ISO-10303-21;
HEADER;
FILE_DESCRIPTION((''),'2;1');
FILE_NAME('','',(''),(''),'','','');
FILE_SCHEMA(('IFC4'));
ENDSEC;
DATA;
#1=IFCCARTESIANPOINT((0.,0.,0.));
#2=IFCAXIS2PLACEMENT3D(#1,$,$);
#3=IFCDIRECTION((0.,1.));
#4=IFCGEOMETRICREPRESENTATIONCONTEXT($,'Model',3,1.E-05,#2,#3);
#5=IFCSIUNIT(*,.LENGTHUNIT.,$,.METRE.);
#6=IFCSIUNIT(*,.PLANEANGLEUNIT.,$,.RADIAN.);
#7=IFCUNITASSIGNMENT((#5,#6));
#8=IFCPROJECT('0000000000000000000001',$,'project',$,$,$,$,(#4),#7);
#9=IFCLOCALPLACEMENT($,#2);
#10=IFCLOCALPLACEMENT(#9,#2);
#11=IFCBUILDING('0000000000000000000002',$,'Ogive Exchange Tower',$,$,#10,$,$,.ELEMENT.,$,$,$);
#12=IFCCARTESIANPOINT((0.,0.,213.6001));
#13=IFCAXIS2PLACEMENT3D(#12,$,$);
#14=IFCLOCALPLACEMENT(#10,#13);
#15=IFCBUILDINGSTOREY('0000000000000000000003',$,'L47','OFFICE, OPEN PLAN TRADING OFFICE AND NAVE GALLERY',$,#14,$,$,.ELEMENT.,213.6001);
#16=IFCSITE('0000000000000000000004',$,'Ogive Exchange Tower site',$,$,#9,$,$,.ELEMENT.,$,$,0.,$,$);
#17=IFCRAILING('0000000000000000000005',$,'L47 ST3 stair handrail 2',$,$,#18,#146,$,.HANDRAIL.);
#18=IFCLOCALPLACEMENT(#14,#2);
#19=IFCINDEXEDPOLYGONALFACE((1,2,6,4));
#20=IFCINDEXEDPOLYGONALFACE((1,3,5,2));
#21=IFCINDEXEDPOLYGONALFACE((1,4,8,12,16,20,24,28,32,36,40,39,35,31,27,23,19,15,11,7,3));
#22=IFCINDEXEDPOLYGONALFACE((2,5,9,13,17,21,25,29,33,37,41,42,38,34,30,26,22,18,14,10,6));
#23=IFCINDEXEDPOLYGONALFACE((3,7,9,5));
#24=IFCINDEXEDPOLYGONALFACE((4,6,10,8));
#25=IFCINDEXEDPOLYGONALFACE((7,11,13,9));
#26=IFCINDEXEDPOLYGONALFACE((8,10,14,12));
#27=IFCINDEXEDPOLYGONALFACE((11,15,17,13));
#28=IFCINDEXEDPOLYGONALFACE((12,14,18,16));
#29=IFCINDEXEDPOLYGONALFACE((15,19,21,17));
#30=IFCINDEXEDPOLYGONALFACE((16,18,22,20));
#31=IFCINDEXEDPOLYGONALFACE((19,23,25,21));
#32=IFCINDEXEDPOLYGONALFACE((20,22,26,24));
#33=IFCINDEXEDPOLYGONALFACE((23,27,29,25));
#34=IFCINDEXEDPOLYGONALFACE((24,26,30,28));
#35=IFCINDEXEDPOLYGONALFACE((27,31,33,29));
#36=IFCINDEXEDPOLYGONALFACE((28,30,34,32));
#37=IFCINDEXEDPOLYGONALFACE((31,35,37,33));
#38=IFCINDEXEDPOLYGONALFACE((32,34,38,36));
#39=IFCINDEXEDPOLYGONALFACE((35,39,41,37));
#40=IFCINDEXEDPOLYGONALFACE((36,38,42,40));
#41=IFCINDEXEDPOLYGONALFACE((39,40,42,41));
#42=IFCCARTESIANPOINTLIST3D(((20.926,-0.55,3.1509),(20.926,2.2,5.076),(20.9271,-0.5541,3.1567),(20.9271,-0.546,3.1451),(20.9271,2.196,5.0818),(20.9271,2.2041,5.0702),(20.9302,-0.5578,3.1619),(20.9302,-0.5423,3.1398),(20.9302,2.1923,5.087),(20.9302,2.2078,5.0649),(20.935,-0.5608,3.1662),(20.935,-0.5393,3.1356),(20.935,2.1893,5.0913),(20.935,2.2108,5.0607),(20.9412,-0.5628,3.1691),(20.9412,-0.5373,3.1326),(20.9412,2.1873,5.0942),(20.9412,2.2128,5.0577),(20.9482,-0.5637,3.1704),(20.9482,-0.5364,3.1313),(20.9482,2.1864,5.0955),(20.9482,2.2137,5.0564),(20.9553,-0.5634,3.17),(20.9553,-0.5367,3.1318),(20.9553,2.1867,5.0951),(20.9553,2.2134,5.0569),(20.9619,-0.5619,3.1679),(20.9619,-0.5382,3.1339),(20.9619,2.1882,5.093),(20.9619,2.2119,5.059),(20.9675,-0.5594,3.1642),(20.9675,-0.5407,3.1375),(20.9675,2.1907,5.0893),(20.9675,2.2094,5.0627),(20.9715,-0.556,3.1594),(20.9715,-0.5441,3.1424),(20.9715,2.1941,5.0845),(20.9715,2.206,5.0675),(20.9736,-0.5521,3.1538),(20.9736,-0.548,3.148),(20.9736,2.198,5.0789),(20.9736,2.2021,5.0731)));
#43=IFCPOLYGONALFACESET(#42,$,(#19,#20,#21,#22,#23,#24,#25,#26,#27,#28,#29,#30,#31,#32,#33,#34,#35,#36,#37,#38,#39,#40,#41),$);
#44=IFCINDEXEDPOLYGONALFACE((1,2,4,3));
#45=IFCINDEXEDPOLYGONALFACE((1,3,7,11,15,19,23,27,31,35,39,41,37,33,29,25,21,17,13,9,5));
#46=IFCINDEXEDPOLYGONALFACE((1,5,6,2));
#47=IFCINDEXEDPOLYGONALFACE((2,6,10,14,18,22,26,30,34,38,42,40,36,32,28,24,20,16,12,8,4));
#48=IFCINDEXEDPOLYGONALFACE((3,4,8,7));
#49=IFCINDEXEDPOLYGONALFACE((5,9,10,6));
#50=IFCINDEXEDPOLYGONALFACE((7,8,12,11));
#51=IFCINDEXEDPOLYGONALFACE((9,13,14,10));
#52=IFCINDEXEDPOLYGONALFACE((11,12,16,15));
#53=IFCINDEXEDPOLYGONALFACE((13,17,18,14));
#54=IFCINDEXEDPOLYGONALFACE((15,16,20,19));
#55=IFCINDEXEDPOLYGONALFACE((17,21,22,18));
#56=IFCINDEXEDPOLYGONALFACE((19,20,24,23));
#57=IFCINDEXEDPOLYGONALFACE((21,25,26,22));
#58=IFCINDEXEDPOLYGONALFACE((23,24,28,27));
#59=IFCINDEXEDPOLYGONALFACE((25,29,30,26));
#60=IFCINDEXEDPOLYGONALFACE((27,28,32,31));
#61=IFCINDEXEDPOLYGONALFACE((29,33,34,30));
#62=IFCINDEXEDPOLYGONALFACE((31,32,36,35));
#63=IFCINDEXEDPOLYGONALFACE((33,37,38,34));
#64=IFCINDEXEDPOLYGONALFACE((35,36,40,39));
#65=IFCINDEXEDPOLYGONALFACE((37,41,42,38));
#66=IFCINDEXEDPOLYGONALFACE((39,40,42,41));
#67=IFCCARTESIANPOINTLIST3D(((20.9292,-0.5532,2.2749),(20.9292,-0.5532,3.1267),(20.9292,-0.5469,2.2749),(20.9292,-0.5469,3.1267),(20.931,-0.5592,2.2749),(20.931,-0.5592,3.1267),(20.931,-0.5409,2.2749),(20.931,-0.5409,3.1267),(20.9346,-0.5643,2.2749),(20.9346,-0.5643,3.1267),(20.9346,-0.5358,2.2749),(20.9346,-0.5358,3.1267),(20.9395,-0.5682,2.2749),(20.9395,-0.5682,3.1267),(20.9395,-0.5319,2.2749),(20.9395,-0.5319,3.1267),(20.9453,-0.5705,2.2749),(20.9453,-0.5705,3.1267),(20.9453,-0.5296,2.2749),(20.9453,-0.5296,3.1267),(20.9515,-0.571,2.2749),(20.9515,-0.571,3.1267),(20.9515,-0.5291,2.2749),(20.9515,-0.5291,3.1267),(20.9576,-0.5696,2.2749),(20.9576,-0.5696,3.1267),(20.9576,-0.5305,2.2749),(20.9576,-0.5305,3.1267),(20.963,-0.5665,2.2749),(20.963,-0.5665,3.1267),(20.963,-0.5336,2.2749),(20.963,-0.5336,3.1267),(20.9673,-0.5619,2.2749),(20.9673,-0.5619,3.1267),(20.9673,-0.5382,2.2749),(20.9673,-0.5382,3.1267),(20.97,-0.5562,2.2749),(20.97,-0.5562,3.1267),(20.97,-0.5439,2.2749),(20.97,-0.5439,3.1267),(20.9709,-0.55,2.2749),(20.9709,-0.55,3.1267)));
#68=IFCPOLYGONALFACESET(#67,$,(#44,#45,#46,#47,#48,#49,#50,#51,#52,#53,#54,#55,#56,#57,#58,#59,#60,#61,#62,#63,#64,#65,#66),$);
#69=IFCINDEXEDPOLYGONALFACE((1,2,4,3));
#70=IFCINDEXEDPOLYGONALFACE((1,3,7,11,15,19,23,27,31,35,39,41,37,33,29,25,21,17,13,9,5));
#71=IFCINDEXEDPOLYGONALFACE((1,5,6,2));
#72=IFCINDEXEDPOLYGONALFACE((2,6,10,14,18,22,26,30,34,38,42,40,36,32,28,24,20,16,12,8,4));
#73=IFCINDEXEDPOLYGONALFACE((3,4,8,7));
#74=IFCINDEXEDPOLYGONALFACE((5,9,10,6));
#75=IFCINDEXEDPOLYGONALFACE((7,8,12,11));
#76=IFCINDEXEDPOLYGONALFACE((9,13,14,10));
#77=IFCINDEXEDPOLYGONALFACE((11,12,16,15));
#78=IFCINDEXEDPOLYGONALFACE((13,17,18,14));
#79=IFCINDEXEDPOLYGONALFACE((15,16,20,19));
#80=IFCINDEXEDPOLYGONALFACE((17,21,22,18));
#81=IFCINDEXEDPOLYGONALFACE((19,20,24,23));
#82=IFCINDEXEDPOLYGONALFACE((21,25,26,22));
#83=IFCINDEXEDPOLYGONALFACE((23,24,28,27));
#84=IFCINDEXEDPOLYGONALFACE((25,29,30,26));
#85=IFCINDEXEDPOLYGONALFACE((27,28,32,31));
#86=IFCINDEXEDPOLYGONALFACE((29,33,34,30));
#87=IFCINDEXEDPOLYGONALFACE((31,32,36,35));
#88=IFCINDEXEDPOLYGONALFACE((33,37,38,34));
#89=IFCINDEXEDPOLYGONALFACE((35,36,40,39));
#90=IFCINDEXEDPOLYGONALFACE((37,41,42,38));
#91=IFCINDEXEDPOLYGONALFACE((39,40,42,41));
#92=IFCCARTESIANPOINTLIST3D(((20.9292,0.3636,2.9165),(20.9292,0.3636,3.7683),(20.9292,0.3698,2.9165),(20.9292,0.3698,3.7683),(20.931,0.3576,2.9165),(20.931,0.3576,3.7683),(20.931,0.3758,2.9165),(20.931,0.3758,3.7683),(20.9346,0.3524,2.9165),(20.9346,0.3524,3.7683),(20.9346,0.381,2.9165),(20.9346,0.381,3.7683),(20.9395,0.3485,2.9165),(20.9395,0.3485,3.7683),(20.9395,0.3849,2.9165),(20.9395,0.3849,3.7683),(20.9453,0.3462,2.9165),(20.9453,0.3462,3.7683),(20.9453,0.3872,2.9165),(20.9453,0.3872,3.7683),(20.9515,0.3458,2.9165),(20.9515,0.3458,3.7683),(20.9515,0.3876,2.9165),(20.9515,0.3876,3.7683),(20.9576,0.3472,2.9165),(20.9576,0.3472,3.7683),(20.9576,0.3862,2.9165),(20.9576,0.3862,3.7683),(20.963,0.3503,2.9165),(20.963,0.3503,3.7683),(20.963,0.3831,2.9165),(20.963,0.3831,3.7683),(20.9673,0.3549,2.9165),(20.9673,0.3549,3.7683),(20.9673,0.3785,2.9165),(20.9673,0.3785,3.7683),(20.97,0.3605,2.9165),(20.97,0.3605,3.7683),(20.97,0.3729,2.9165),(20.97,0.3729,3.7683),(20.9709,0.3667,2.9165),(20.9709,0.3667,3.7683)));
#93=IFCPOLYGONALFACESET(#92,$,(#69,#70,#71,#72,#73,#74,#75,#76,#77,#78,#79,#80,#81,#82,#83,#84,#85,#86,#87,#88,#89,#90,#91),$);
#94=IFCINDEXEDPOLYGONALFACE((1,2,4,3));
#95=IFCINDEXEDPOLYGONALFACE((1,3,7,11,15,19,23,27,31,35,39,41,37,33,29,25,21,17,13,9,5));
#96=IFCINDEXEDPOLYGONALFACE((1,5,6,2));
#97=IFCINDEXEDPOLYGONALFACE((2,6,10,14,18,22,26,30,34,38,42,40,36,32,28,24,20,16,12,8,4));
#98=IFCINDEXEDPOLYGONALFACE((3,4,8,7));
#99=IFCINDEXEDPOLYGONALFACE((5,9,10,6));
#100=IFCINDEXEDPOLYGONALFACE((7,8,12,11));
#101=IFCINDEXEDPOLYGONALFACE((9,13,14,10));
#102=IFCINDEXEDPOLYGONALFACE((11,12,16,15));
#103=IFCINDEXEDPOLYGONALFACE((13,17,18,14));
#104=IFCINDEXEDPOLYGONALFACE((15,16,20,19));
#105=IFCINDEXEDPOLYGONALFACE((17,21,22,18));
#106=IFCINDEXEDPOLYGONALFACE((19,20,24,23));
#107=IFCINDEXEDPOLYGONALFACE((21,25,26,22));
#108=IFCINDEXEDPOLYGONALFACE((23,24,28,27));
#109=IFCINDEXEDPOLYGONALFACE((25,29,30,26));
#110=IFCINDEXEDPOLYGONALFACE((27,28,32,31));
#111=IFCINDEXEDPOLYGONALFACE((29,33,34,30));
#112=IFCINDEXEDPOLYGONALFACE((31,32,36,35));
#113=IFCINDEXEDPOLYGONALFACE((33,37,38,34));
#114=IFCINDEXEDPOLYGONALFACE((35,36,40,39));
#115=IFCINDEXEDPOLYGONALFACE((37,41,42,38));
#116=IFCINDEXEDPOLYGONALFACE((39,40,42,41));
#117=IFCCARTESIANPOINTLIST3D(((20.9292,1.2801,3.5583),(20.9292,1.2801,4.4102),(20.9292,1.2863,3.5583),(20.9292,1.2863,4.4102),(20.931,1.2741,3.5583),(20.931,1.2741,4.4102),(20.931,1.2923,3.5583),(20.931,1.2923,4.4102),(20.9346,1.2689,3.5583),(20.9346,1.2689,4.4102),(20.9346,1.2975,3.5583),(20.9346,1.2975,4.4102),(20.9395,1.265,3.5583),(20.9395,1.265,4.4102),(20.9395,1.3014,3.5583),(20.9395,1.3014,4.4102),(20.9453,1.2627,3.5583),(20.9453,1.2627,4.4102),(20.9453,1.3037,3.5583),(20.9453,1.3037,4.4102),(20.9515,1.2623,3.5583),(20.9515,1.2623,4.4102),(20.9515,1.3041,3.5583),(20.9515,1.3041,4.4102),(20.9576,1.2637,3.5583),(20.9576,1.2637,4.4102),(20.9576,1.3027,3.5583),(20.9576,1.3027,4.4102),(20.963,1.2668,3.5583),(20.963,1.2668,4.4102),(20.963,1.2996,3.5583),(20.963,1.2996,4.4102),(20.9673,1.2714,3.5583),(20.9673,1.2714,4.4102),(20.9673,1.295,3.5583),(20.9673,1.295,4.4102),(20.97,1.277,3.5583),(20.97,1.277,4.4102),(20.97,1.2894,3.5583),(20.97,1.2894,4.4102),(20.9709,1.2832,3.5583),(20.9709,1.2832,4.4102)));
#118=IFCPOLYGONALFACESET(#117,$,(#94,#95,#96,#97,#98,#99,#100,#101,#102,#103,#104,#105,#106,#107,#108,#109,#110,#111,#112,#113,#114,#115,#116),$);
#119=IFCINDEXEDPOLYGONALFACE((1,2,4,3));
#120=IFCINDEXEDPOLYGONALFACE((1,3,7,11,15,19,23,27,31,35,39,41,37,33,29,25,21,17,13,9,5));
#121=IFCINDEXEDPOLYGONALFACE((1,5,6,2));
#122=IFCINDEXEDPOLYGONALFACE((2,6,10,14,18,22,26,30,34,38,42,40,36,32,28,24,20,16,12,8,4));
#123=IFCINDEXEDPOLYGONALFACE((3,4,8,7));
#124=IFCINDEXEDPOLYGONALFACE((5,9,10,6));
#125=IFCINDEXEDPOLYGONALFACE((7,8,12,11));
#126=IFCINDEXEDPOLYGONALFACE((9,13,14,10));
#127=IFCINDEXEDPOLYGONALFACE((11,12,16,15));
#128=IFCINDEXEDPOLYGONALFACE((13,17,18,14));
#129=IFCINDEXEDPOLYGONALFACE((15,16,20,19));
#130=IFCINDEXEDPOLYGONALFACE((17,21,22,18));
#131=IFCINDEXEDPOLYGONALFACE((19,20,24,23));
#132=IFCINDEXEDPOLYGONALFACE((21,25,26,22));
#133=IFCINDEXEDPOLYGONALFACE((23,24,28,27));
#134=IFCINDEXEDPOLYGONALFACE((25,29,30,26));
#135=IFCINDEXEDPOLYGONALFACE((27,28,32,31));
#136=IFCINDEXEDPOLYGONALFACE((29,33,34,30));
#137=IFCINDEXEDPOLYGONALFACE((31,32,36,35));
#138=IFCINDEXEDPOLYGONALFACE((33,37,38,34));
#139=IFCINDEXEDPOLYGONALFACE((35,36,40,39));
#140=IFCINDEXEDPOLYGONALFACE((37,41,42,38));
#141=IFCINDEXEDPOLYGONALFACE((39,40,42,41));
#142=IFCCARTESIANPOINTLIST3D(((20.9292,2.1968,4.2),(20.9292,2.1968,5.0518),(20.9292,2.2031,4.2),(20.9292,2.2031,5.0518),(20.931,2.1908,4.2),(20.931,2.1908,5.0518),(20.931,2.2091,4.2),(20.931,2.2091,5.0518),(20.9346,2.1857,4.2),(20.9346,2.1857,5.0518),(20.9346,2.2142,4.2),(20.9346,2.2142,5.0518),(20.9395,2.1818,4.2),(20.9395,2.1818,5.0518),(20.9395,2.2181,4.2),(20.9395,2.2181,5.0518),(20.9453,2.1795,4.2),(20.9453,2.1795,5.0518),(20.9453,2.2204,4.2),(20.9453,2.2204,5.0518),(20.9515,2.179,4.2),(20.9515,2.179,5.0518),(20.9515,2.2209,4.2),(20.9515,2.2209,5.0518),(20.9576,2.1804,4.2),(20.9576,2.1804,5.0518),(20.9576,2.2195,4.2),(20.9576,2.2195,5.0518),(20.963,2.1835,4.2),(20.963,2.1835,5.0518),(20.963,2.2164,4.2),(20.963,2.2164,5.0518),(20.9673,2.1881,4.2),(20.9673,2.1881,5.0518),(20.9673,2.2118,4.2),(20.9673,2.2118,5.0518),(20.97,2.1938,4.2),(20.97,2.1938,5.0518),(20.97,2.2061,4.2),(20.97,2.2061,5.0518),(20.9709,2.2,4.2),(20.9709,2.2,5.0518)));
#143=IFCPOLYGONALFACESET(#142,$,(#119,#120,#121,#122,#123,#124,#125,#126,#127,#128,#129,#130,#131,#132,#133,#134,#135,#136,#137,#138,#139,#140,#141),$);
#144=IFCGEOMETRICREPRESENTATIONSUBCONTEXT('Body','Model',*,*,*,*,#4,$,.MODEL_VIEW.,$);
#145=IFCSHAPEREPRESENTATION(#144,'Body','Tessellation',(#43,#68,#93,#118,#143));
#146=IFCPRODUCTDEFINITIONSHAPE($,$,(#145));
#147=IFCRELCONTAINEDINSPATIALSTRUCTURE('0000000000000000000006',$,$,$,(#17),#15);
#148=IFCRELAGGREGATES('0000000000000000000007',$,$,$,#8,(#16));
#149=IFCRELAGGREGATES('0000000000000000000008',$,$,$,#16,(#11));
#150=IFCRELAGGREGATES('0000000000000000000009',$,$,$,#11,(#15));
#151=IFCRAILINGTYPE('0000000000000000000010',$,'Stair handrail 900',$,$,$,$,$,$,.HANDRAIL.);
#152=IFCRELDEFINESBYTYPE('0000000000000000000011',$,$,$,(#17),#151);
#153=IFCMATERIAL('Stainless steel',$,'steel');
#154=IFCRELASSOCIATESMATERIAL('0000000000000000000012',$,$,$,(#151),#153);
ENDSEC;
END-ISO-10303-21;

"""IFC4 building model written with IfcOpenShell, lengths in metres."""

from ifc_helpers import new_model, si_unit, direction, frame, origin, origin_2d, place, context, subcontext, project, spatial, circle, extrude, material, type_object, element, save


model = new_model("IFC4")

# Units and contexts
model_context = context("Model", 3, precision=1e-05, world=origin(), true_north=direction((0.0, 1.0)))
body_context = subcontext(model_context, "Body", "Model", "MODEL_VIEW")
ifc_project = project(units=[si_unit("LENGTHUNIT", "METRE"), si_unit("PLANEANGLEUNIT", "RADIAN")], contexts=[model_context])

# Site, building, storey
site_placement = place(None, origin())
site = spatial("IfcSite", under=ifc_project, at=site_placement, Name="Ogive Exchange Tower site", CompositionType="ELEMENT", RefElevation=0.0)
building_placement = place(site_placement, origin())
building = spatial("IfcBuilding", under=site, at=building_placement, Name="Ogive Exchange Tower", CompositionType="ELEMENT")
storey_placement = place(building_placement, frame((0.0, 0.0, 213.6001)))
storey = spatial("IfcBuildingStorey", under=building, at=storey_placement, Name="L47", Description="OFFICE, OPEN PLAN TRADING OFFICE AND NAVE GALLERY", CompositionType="ELEMENT", Elevation=213.6001)

# Railing
ifc_material_1 = material(Name="Stainless steel", Category="steel")
railing_type = type_object("IfcRailingType", Name="Stair handrail 900", PredefinedType="HANDRAIL", material=ifc_material_1)
railing_placement = place(storey_placement, frame((20.95, -0.55, 2.2749)))
element("IfcRailing", 1, at=railing_placement, inside=storey, type_object=railing_type, Name="L47 ST3 stair handrail 2", PredefinedType="HANDRAIL", context=body_context, shape_type="SweptSolid", body=[
    extrude(circle(Radius=0.0239, at=origin_2d()), frame((0.0, 0.0, 0.876), z_axis=(0.0, 0.819225, 0.573472), x_axis=(-1.0, 0.0, 0.0)), (0.0, 0.0, 1.0), 3.3569),
    extrude(circle(Radius=0.021, at=origin_2d()), origin(), (0.0, 0.0, 1.0), 0.8518),
    extrude(circle(Radius=0.021, at=origin_2d()), frame((0.0, 0.9167, 0.6416)), (0.0, 0.0, 1.0), 0.8518),
    extrude(circle(Radius=0.021, at=origin_2d()), frame((0.0, 1.8333, 1.2834)), (0.0, 0.0, 1.0), 0.8518),
    extrude(circle(Radius=0.021, at=origin_2d()), frame((0.0, 2.75, 1.925)), (0.0, 0.0, 1.0), 0.8518),
])

save(model, "model.ifc")
